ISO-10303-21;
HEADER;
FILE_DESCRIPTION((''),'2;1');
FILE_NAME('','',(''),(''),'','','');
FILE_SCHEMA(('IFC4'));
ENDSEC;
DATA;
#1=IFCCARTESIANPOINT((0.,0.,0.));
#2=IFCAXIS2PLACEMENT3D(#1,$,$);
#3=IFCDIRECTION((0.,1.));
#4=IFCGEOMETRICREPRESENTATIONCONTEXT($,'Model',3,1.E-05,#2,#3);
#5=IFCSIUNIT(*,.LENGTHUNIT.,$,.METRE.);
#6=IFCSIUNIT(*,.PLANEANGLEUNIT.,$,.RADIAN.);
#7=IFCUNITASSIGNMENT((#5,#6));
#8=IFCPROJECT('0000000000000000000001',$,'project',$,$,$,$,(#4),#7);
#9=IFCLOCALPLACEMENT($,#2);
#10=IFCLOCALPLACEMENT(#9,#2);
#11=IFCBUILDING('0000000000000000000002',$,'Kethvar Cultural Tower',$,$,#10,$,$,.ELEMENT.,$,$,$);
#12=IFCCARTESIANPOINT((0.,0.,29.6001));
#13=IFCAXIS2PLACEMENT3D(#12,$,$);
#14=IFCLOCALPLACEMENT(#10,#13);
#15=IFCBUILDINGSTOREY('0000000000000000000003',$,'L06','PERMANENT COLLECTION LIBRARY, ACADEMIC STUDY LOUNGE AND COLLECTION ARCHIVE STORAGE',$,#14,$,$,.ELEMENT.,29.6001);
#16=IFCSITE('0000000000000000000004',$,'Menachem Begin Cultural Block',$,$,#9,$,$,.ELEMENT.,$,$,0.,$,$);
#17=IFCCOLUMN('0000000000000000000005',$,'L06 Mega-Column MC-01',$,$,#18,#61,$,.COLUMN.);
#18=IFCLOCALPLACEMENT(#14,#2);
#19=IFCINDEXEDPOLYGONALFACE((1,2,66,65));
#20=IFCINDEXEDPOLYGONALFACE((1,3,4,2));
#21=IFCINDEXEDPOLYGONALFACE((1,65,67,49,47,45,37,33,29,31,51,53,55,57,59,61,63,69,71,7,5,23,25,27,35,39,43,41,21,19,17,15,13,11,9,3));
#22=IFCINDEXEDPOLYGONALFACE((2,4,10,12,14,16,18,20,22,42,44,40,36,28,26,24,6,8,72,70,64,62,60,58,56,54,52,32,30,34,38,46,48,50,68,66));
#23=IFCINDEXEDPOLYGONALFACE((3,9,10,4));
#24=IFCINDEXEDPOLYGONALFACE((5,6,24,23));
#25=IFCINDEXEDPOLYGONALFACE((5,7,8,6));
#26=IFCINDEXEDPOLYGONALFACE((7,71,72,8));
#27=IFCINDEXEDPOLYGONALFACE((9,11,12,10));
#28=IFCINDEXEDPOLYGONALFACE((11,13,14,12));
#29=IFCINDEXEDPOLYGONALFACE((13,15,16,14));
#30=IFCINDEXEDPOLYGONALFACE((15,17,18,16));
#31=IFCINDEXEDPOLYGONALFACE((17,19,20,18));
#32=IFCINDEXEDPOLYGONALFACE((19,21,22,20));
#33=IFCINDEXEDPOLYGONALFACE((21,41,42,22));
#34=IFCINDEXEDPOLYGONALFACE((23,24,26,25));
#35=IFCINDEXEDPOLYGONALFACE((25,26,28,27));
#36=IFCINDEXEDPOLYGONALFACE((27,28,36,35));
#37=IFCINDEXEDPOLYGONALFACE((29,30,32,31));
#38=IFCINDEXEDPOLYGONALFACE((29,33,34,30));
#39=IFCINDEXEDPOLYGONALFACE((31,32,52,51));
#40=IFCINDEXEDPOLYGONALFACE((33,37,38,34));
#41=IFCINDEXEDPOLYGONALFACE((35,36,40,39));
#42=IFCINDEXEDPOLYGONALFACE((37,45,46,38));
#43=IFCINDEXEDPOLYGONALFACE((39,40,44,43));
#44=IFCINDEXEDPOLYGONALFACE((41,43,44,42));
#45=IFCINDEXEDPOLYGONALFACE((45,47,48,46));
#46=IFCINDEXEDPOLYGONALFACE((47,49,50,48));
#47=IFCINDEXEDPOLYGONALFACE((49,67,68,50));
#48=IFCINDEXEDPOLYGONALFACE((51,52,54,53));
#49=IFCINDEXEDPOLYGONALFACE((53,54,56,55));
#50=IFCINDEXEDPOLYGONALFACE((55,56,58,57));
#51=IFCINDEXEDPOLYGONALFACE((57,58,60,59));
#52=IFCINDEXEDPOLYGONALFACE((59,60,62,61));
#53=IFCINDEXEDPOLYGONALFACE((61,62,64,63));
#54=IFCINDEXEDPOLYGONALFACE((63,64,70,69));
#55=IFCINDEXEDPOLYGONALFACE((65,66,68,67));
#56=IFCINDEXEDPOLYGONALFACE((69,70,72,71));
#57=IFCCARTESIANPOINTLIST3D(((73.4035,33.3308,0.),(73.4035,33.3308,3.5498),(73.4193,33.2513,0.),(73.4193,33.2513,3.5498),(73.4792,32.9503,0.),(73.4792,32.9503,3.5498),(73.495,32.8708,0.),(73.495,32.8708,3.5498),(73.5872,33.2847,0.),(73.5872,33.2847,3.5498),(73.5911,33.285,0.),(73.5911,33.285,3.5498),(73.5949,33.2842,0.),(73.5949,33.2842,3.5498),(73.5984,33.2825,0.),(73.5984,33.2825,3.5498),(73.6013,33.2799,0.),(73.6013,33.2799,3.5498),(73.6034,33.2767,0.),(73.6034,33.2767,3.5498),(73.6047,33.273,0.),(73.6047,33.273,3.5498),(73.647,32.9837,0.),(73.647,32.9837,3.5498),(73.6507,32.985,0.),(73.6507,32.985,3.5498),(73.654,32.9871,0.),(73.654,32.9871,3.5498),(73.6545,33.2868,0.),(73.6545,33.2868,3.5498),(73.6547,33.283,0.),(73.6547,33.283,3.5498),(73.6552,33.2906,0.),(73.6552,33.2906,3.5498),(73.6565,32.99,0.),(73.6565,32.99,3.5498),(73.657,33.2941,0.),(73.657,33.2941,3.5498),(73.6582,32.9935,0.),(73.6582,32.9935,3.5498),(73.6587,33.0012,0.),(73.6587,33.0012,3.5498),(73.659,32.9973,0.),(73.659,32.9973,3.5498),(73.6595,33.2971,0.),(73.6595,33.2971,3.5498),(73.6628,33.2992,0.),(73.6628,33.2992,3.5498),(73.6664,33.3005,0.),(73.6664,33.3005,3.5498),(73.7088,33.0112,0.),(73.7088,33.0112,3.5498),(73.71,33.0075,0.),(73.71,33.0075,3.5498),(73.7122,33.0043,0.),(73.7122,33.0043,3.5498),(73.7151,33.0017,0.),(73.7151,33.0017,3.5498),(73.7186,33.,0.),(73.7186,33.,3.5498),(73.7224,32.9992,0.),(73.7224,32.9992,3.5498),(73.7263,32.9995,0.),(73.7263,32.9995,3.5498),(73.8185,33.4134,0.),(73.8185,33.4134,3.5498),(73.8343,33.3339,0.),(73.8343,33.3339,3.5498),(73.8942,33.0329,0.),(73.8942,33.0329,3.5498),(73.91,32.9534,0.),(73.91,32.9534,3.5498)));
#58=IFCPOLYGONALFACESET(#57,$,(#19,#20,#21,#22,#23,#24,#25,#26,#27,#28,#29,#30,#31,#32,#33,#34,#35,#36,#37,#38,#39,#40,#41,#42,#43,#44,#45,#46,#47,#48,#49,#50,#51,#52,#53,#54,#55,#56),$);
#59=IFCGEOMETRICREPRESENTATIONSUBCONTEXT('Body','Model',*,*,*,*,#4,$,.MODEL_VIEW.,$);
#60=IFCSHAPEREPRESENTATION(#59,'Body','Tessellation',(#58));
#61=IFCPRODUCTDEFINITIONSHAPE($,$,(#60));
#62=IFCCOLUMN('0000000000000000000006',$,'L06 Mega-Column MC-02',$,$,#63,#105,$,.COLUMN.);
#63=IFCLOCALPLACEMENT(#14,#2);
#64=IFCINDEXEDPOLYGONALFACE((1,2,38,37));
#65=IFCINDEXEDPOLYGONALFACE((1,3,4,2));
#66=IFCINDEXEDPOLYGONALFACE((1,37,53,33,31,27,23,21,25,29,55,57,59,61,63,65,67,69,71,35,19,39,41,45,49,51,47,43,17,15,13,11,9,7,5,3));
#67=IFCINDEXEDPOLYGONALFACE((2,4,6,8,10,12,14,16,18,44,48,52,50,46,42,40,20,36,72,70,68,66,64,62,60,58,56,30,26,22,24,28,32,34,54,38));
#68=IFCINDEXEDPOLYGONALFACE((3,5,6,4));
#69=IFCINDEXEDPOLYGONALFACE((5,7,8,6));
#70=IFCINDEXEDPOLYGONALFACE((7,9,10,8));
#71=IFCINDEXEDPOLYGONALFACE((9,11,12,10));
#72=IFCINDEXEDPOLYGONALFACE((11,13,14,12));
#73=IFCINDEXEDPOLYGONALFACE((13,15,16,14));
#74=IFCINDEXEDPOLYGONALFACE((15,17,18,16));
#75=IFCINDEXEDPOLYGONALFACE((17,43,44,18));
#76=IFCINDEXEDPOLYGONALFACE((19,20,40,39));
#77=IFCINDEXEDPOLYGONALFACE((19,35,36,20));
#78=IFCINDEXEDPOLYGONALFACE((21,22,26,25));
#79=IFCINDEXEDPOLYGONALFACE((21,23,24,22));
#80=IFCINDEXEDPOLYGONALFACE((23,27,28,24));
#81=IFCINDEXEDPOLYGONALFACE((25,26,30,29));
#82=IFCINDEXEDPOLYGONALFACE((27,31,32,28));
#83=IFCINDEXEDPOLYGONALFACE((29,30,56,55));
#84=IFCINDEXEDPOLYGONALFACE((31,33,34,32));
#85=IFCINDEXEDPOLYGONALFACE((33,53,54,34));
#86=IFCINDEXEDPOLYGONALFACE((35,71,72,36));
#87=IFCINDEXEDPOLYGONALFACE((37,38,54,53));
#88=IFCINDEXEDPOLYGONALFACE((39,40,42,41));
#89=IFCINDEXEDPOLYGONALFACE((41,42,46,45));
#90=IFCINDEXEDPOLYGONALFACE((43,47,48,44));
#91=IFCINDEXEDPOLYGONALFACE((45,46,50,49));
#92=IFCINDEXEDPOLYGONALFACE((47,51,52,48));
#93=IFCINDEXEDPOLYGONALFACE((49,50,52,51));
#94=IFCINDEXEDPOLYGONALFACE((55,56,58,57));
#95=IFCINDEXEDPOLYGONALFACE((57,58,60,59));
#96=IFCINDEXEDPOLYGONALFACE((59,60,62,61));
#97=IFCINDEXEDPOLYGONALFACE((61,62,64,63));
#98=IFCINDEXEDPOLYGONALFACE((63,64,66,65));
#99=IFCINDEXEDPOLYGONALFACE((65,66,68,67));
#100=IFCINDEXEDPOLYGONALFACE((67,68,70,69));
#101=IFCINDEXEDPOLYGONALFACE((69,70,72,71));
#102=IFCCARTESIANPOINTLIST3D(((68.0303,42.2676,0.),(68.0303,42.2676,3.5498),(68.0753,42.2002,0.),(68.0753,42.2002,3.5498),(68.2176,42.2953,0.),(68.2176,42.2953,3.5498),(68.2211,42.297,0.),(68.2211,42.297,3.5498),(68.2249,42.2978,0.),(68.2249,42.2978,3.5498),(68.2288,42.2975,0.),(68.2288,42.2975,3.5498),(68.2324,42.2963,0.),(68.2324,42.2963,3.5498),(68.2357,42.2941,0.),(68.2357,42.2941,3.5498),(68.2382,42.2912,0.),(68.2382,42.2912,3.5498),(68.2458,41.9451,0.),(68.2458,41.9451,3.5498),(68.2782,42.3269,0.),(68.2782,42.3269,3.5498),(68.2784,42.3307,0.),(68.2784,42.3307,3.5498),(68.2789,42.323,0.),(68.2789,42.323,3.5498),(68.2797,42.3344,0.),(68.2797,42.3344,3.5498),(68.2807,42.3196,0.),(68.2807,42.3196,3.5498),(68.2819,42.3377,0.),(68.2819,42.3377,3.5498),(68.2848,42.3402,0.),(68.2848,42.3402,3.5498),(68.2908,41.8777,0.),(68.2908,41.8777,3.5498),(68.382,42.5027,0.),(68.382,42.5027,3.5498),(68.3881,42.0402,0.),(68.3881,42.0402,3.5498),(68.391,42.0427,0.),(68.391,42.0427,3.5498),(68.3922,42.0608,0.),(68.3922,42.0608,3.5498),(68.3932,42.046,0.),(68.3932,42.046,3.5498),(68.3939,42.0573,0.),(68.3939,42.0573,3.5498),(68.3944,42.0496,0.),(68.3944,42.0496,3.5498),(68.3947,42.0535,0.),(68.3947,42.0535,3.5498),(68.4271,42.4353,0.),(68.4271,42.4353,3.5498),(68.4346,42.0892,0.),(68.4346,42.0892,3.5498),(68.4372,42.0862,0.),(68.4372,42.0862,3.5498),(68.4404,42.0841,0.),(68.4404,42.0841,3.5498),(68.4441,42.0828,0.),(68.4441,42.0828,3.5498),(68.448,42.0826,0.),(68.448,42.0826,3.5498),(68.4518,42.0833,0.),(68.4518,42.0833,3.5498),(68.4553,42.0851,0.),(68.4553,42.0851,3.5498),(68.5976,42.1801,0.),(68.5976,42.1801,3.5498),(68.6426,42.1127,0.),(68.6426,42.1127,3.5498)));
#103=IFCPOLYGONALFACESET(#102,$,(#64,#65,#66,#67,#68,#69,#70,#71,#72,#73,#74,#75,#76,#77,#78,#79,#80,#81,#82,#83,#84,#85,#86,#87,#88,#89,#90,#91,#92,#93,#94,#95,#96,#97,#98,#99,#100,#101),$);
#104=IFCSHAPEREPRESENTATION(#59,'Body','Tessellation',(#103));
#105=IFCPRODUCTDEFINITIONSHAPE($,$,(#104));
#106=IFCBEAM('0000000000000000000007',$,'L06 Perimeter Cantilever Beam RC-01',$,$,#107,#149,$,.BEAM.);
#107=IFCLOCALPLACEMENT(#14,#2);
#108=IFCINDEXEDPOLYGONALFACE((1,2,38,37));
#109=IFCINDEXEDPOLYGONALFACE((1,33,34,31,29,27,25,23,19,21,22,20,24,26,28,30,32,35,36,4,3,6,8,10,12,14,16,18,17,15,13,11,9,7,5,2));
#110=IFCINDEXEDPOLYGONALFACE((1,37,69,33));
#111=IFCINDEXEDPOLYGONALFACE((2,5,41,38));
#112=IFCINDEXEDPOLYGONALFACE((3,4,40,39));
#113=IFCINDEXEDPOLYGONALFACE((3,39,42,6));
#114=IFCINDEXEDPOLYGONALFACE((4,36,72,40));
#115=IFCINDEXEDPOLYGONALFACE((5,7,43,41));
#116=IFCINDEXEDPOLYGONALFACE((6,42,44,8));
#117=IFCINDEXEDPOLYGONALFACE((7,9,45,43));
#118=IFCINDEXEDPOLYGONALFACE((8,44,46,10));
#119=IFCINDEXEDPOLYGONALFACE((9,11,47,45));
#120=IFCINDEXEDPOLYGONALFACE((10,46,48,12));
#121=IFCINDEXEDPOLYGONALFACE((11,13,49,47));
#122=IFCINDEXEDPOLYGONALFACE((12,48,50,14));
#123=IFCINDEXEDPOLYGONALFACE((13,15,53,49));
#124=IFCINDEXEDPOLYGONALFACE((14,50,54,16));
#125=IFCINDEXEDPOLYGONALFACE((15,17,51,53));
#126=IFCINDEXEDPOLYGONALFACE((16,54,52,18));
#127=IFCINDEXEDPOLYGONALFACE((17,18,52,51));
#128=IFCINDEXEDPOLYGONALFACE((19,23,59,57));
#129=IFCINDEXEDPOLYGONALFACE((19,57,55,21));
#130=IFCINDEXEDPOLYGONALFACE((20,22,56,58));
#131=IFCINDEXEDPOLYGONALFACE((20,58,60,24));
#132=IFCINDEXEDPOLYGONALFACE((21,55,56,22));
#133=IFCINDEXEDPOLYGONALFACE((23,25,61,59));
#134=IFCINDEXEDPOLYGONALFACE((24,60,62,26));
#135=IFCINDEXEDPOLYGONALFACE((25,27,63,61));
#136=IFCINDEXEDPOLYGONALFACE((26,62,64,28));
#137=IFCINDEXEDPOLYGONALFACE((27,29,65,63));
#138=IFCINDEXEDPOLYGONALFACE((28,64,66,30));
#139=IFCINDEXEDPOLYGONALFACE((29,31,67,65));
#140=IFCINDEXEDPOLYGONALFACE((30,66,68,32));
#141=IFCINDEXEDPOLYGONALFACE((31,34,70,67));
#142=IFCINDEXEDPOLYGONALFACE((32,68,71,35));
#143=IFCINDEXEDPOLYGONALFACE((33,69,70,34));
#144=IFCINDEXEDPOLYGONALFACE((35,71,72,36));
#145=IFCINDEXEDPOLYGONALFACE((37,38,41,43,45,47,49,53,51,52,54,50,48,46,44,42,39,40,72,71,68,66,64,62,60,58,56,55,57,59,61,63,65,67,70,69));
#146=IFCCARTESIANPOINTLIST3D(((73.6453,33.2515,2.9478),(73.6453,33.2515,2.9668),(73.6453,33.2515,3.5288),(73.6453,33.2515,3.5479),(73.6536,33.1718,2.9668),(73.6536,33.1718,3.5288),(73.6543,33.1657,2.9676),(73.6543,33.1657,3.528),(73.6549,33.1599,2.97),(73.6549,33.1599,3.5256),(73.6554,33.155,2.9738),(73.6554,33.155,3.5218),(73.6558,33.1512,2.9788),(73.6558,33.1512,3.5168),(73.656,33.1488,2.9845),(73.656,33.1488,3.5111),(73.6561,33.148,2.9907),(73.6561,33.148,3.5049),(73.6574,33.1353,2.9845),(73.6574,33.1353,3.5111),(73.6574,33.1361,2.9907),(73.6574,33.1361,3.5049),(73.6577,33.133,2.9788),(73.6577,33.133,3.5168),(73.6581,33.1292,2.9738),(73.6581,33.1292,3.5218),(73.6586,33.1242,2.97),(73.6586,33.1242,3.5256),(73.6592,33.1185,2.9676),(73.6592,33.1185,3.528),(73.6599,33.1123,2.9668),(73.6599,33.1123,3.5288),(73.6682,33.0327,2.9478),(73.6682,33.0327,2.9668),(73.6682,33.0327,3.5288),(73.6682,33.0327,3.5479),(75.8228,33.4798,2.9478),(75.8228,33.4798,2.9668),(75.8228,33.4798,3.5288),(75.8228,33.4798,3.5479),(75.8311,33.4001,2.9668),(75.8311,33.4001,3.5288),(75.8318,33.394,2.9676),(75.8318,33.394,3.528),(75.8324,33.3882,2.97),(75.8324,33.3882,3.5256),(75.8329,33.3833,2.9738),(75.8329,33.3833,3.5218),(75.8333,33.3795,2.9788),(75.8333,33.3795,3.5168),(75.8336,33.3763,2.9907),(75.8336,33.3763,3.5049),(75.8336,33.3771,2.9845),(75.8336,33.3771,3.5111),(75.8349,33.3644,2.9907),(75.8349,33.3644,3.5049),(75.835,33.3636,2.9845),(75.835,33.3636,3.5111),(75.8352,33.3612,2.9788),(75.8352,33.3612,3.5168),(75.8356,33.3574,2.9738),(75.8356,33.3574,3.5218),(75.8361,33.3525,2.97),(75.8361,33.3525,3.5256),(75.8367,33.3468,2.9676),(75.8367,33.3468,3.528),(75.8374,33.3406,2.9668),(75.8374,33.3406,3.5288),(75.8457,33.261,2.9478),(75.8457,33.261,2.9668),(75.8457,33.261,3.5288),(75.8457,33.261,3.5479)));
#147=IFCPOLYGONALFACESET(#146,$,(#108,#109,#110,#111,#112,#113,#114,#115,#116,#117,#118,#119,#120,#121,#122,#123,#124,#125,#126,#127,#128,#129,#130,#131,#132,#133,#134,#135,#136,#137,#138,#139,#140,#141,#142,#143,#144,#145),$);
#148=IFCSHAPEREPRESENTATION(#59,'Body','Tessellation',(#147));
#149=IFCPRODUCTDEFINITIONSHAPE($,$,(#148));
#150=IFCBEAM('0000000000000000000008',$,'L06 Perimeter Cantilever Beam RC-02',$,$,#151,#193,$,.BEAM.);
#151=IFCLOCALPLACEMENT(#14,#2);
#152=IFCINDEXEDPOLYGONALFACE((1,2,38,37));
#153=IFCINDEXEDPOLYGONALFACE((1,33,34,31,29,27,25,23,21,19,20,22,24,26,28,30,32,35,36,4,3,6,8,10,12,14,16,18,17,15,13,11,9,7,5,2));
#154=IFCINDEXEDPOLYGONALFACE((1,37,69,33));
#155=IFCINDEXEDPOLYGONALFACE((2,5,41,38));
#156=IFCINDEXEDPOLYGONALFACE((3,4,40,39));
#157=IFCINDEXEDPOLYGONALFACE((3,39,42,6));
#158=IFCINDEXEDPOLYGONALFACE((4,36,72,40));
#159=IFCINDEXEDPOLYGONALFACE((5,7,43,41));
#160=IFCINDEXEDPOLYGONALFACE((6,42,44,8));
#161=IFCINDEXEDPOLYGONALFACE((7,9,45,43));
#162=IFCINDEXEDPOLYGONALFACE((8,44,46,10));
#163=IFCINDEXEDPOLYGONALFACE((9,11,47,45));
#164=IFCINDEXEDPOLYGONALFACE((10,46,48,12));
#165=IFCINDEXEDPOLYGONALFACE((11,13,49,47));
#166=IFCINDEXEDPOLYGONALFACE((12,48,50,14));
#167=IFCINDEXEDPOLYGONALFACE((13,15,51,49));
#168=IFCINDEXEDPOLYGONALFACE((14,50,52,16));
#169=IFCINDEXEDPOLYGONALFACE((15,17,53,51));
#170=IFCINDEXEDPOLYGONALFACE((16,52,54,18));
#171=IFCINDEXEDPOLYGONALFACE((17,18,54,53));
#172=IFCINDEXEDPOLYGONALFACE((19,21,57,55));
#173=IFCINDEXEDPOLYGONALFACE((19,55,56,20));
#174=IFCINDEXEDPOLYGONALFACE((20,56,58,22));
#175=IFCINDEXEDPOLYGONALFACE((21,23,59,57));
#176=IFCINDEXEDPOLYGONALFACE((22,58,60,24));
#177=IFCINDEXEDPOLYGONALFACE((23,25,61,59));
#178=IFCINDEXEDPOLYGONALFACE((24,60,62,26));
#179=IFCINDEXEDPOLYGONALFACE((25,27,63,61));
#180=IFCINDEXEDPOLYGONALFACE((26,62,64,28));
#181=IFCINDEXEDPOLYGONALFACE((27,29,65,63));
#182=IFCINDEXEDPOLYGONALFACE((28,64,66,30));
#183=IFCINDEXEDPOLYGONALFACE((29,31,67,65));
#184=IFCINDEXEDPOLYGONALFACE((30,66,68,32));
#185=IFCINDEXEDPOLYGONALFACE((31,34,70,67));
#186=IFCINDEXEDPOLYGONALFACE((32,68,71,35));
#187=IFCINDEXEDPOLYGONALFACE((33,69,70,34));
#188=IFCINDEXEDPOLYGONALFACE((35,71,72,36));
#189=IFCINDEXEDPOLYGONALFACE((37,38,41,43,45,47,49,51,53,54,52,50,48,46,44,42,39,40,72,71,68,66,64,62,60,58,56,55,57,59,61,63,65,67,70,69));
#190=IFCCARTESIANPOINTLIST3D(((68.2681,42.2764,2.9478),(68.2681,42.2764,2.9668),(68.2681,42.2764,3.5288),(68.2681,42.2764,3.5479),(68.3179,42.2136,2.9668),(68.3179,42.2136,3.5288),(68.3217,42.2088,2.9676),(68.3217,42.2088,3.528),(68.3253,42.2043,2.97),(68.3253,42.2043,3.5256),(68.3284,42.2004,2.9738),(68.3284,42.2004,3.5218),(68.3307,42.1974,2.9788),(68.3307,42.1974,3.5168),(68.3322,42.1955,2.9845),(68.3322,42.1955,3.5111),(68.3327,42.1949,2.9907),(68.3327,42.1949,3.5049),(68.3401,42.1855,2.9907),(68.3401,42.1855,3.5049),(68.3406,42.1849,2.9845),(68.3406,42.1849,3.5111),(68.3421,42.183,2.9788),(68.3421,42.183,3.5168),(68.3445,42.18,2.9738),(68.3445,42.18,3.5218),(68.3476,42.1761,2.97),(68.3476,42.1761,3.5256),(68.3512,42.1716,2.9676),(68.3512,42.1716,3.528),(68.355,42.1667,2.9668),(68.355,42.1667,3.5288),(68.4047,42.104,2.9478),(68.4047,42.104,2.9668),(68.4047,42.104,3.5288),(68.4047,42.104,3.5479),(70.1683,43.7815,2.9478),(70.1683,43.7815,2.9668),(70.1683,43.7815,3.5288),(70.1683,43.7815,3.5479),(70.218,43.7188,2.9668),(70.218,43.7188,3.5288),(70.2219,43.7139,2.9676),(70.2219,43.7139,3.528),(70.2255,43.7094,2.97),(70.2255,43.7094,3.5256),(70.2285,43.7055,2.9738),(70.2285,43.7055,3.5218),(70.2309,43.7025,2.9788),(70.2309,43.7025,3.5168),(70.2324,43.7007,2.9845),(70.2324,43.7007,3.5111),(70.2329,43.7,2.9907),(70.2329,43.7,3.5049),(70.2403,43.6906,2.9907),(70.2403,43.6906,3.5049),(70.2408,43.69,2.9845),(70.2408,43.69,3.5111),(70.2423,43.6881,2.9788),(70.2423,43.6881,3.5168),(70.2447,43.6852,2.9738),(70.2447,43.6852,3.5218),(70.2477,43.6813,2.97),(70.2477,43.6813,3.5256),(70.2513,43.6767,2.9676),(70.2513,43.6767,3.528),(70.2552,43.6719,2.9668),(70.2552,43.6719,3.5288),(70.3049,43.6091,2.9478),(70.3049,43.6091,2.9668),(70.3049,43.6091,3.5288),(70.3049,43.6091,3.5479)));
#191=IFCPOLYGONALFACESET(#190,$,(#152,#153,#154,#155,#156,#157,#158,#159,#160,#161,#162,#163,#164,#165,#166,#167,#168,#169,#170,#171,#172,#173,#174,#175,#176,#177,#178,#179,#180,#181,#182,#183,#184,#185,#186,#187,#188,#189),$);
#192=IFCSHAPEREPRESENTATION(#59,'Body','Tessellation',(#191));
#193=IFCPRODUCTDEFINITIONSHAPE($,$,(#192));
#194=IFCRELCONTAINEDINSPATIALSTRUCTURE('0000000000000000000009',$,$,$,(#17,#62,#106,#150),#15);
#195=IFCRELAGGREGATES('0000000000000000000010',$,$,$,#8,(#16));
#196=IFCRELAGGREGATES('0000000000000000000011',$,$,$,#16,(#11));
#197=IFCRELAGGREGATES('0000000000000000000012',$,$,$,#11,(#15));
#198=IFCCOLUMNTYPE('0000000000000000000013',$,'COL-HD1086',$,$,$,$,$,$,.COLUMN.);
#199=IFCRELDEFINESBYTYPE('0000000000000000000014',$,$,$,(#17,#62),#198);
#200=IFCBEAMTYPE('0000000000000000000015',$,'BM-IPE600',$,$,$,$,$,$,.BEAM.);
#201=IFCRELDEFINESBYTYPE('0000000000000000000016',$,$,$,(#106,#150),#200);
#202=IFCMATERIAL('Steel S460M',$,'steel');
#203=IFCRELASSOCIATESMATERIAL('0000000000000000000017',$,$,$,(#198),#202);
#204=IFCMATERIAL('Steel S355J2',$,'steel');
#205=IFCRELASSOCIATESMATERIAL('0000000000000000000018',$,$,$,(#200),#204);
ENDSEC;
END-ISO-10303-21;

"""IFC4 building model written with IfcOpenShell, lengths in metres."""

from ifc_helpers import new_model, si_unit, direction, frame, origin, origin_2d, place, context, subcontext, project, spatial, i_section, extrude, source, transform, mapped, material, material_profile, profile_set, type_object, element, save


model = new_model("IFC4")

# Units and contexts
model_context = context("Model", 3, precision=1e-05, world=origin(), true_north=direction((0.0, 1.0)))
body_context = subcontext(model_context, "Body", "Model", "MODEL_VIEW")
ifc_project = project(units=[si_unit("LENGTHUNIT", "METRE"), si_unit("PLANEANGLEUNIT", "RADIAN")], contexts=[model_context])

# Site, building, storey
site_placement = place(None, origin())
site = spatial("IfcSite", under=ifc_project, at=site_placement, Name="Menachem Begin Cultural Block", CompositionType="ELEMENT", RefElevation=0.0)
building_placement = place(site_placement, origin())
building = spatial("IfcBuilding", under=site, at=building_placement, Name="Kethvar Cultural Tower", CompositionType="ELEMENT")
storey_placement = place(building_placement, frame((0.0, 0.0, 29.6001)))
storey = spatial("IfcBuildingStorey", under=building, at=storey_placement, Name="L06", Description="PERMANENT COLLECTION LIBRARY, ACADEMIC STUDY LOUNGE AND COLLECTION ARCHIVE STORAGE", CompositionType="ELEMENT", Elevation=29.6001)

# Columns
ifc_material_1 = material(Name="Steel S460M", Category="steel")
ifc_material_profile_1 = material_profile(ifc_material_1, i_section(OverallWidth=0.4231, OverallDepth=0.469, WebThickness=0.051, FlangeThickness=0.0811, FilletRadius=0.0149, at=origin_2d()), Name="Steel S460M — HD400x1086")
ifc_profile_set_1 = profile_set([ifc_material_profile_1], Name="Steel S460M — HD400x1086")
column_type = type_object("IfcColumnType", Name="COL-HD1086", PredefinedType="COLUMN", material=ifc_profile_set_1)
shared_shape_1 = source(origin(), body_context, "Body", "SweptSolid", [
    extrude(i_section(OverallWidth=0.4231, OverallDepth=0.469, WebThickness=0.051, FlangeThickness=0.0811, FilletRadius=0.0149, at=origin_2d()), origin(), (0.0, 0.0, 1.0), 3.5498),
])
for number, where, z_axis, x_axis, name in (
    (1, (73.6567, 33.1421, 0.0), (0.0, 0.0, 1.0), (0.980785, 0.19509, 0.0), "L06 Mega-Column MC-01"),
    (2, (68.3364, 42.1902, 0.0), (0.0, 0.0, 1.0), (0.83147, 0.55557, 0.0), "L06 Mega-Column MC-02"),
):
    element("IfcColumn", number, at=place(storey_placement, frame(where, z_axis=z_axis, x_axis=x_axis)), inside=storey, type_object=column_type, Name=name, PredefinedType="COLUMN", context=body_context, shape_type="MappedRepresentation", body=[
        mapped(shared_shape_1, transform((0.0, 0.0, 0.0), scale=1.0)),
    ])

# Beams
ifc_material_2 = material(Name="Steel S355J2", Category="steel")
ifc_material_profile_2 = material_profile(ifc_material_2, i_section(OverallWidth=0.22, OverallDepth=0.6001, WebThickness=0.012, FlangeThickness=0.019, FilletRadius=0.0239, at=origin_2d()), Name="Steel S355J2 — IPE600")
ifc_profile_set_2 = profile_set([ifc_material_profile_2], Name="Steel S355J2 — IPE600")
beam_type_1 = type_object("IfcBeamType", Name="BM-IPE600", PredefinedType="BEAM", material=ifc_profile_set_2)
shared_shape_2 = source(origin(), body_context, "Body", "SweptSolid", [
    extrude(i_section(OverallWidth=0.22, OverallDepth=0.6001, WebThickness=0.012, FlangeThickness=0.019, FilletRadius=0.0239, at=origin_2d()), origin(), (0.0, 0.0, 1.0), 2.1895),
])
beam_1_placement = place(storey_placement, frame((73.6567, 33.1421, 3.2478), z_axis=(0.99455, 0.104261, 0.0), x_axis=(-0.104261, 0.99455, 0.0)))
element("IfcBeam", 3, at=beam_1_placement, inside=storey, type_object=beam_type_1, Name="L06 Perimeter Cantilever Beam RC-01", PredefinedType="BEAM", context=body_context, shape_type="MappedRepresentation", body=[
    mapped(shared_shape_2, transform((0.0, 0.0, 0.0), scale=1.0)),
])
shared_shape_3 = source(origin(), body_context, "Body", "SweptSolid", [
    extrude(i_section(OverallWidth=0.22, OverallDepth=0.6001, WebThickness=0.012, FlangeThickness=0.019, FilletRadius=0.0239, at=origin_2d()), origin(), (0.0, 0.0, 1.0), 2.4241),
])
beam_2_placement = place(storey_placement, frame((68.3364, 42.1902, 3.2478), z_axis=(0.783876, 0.620917, 0.0), x_axis=(-0.620917, 0.783876, 0.0)))
element("IfcBeam", 4, at=beam_2_placement, inside=storey, type_object=beam_type_1, Name="L06 Perimeter Cantilever Beam RC-02", PredefinedType="BEAM", context=body_context, shape_type="MappedRepresentation", body=[
    mapped(shared_shape_3, transform((0.0, 0.0, 0.0), scale=1.0)),
])

save(model, "model.ifc")
